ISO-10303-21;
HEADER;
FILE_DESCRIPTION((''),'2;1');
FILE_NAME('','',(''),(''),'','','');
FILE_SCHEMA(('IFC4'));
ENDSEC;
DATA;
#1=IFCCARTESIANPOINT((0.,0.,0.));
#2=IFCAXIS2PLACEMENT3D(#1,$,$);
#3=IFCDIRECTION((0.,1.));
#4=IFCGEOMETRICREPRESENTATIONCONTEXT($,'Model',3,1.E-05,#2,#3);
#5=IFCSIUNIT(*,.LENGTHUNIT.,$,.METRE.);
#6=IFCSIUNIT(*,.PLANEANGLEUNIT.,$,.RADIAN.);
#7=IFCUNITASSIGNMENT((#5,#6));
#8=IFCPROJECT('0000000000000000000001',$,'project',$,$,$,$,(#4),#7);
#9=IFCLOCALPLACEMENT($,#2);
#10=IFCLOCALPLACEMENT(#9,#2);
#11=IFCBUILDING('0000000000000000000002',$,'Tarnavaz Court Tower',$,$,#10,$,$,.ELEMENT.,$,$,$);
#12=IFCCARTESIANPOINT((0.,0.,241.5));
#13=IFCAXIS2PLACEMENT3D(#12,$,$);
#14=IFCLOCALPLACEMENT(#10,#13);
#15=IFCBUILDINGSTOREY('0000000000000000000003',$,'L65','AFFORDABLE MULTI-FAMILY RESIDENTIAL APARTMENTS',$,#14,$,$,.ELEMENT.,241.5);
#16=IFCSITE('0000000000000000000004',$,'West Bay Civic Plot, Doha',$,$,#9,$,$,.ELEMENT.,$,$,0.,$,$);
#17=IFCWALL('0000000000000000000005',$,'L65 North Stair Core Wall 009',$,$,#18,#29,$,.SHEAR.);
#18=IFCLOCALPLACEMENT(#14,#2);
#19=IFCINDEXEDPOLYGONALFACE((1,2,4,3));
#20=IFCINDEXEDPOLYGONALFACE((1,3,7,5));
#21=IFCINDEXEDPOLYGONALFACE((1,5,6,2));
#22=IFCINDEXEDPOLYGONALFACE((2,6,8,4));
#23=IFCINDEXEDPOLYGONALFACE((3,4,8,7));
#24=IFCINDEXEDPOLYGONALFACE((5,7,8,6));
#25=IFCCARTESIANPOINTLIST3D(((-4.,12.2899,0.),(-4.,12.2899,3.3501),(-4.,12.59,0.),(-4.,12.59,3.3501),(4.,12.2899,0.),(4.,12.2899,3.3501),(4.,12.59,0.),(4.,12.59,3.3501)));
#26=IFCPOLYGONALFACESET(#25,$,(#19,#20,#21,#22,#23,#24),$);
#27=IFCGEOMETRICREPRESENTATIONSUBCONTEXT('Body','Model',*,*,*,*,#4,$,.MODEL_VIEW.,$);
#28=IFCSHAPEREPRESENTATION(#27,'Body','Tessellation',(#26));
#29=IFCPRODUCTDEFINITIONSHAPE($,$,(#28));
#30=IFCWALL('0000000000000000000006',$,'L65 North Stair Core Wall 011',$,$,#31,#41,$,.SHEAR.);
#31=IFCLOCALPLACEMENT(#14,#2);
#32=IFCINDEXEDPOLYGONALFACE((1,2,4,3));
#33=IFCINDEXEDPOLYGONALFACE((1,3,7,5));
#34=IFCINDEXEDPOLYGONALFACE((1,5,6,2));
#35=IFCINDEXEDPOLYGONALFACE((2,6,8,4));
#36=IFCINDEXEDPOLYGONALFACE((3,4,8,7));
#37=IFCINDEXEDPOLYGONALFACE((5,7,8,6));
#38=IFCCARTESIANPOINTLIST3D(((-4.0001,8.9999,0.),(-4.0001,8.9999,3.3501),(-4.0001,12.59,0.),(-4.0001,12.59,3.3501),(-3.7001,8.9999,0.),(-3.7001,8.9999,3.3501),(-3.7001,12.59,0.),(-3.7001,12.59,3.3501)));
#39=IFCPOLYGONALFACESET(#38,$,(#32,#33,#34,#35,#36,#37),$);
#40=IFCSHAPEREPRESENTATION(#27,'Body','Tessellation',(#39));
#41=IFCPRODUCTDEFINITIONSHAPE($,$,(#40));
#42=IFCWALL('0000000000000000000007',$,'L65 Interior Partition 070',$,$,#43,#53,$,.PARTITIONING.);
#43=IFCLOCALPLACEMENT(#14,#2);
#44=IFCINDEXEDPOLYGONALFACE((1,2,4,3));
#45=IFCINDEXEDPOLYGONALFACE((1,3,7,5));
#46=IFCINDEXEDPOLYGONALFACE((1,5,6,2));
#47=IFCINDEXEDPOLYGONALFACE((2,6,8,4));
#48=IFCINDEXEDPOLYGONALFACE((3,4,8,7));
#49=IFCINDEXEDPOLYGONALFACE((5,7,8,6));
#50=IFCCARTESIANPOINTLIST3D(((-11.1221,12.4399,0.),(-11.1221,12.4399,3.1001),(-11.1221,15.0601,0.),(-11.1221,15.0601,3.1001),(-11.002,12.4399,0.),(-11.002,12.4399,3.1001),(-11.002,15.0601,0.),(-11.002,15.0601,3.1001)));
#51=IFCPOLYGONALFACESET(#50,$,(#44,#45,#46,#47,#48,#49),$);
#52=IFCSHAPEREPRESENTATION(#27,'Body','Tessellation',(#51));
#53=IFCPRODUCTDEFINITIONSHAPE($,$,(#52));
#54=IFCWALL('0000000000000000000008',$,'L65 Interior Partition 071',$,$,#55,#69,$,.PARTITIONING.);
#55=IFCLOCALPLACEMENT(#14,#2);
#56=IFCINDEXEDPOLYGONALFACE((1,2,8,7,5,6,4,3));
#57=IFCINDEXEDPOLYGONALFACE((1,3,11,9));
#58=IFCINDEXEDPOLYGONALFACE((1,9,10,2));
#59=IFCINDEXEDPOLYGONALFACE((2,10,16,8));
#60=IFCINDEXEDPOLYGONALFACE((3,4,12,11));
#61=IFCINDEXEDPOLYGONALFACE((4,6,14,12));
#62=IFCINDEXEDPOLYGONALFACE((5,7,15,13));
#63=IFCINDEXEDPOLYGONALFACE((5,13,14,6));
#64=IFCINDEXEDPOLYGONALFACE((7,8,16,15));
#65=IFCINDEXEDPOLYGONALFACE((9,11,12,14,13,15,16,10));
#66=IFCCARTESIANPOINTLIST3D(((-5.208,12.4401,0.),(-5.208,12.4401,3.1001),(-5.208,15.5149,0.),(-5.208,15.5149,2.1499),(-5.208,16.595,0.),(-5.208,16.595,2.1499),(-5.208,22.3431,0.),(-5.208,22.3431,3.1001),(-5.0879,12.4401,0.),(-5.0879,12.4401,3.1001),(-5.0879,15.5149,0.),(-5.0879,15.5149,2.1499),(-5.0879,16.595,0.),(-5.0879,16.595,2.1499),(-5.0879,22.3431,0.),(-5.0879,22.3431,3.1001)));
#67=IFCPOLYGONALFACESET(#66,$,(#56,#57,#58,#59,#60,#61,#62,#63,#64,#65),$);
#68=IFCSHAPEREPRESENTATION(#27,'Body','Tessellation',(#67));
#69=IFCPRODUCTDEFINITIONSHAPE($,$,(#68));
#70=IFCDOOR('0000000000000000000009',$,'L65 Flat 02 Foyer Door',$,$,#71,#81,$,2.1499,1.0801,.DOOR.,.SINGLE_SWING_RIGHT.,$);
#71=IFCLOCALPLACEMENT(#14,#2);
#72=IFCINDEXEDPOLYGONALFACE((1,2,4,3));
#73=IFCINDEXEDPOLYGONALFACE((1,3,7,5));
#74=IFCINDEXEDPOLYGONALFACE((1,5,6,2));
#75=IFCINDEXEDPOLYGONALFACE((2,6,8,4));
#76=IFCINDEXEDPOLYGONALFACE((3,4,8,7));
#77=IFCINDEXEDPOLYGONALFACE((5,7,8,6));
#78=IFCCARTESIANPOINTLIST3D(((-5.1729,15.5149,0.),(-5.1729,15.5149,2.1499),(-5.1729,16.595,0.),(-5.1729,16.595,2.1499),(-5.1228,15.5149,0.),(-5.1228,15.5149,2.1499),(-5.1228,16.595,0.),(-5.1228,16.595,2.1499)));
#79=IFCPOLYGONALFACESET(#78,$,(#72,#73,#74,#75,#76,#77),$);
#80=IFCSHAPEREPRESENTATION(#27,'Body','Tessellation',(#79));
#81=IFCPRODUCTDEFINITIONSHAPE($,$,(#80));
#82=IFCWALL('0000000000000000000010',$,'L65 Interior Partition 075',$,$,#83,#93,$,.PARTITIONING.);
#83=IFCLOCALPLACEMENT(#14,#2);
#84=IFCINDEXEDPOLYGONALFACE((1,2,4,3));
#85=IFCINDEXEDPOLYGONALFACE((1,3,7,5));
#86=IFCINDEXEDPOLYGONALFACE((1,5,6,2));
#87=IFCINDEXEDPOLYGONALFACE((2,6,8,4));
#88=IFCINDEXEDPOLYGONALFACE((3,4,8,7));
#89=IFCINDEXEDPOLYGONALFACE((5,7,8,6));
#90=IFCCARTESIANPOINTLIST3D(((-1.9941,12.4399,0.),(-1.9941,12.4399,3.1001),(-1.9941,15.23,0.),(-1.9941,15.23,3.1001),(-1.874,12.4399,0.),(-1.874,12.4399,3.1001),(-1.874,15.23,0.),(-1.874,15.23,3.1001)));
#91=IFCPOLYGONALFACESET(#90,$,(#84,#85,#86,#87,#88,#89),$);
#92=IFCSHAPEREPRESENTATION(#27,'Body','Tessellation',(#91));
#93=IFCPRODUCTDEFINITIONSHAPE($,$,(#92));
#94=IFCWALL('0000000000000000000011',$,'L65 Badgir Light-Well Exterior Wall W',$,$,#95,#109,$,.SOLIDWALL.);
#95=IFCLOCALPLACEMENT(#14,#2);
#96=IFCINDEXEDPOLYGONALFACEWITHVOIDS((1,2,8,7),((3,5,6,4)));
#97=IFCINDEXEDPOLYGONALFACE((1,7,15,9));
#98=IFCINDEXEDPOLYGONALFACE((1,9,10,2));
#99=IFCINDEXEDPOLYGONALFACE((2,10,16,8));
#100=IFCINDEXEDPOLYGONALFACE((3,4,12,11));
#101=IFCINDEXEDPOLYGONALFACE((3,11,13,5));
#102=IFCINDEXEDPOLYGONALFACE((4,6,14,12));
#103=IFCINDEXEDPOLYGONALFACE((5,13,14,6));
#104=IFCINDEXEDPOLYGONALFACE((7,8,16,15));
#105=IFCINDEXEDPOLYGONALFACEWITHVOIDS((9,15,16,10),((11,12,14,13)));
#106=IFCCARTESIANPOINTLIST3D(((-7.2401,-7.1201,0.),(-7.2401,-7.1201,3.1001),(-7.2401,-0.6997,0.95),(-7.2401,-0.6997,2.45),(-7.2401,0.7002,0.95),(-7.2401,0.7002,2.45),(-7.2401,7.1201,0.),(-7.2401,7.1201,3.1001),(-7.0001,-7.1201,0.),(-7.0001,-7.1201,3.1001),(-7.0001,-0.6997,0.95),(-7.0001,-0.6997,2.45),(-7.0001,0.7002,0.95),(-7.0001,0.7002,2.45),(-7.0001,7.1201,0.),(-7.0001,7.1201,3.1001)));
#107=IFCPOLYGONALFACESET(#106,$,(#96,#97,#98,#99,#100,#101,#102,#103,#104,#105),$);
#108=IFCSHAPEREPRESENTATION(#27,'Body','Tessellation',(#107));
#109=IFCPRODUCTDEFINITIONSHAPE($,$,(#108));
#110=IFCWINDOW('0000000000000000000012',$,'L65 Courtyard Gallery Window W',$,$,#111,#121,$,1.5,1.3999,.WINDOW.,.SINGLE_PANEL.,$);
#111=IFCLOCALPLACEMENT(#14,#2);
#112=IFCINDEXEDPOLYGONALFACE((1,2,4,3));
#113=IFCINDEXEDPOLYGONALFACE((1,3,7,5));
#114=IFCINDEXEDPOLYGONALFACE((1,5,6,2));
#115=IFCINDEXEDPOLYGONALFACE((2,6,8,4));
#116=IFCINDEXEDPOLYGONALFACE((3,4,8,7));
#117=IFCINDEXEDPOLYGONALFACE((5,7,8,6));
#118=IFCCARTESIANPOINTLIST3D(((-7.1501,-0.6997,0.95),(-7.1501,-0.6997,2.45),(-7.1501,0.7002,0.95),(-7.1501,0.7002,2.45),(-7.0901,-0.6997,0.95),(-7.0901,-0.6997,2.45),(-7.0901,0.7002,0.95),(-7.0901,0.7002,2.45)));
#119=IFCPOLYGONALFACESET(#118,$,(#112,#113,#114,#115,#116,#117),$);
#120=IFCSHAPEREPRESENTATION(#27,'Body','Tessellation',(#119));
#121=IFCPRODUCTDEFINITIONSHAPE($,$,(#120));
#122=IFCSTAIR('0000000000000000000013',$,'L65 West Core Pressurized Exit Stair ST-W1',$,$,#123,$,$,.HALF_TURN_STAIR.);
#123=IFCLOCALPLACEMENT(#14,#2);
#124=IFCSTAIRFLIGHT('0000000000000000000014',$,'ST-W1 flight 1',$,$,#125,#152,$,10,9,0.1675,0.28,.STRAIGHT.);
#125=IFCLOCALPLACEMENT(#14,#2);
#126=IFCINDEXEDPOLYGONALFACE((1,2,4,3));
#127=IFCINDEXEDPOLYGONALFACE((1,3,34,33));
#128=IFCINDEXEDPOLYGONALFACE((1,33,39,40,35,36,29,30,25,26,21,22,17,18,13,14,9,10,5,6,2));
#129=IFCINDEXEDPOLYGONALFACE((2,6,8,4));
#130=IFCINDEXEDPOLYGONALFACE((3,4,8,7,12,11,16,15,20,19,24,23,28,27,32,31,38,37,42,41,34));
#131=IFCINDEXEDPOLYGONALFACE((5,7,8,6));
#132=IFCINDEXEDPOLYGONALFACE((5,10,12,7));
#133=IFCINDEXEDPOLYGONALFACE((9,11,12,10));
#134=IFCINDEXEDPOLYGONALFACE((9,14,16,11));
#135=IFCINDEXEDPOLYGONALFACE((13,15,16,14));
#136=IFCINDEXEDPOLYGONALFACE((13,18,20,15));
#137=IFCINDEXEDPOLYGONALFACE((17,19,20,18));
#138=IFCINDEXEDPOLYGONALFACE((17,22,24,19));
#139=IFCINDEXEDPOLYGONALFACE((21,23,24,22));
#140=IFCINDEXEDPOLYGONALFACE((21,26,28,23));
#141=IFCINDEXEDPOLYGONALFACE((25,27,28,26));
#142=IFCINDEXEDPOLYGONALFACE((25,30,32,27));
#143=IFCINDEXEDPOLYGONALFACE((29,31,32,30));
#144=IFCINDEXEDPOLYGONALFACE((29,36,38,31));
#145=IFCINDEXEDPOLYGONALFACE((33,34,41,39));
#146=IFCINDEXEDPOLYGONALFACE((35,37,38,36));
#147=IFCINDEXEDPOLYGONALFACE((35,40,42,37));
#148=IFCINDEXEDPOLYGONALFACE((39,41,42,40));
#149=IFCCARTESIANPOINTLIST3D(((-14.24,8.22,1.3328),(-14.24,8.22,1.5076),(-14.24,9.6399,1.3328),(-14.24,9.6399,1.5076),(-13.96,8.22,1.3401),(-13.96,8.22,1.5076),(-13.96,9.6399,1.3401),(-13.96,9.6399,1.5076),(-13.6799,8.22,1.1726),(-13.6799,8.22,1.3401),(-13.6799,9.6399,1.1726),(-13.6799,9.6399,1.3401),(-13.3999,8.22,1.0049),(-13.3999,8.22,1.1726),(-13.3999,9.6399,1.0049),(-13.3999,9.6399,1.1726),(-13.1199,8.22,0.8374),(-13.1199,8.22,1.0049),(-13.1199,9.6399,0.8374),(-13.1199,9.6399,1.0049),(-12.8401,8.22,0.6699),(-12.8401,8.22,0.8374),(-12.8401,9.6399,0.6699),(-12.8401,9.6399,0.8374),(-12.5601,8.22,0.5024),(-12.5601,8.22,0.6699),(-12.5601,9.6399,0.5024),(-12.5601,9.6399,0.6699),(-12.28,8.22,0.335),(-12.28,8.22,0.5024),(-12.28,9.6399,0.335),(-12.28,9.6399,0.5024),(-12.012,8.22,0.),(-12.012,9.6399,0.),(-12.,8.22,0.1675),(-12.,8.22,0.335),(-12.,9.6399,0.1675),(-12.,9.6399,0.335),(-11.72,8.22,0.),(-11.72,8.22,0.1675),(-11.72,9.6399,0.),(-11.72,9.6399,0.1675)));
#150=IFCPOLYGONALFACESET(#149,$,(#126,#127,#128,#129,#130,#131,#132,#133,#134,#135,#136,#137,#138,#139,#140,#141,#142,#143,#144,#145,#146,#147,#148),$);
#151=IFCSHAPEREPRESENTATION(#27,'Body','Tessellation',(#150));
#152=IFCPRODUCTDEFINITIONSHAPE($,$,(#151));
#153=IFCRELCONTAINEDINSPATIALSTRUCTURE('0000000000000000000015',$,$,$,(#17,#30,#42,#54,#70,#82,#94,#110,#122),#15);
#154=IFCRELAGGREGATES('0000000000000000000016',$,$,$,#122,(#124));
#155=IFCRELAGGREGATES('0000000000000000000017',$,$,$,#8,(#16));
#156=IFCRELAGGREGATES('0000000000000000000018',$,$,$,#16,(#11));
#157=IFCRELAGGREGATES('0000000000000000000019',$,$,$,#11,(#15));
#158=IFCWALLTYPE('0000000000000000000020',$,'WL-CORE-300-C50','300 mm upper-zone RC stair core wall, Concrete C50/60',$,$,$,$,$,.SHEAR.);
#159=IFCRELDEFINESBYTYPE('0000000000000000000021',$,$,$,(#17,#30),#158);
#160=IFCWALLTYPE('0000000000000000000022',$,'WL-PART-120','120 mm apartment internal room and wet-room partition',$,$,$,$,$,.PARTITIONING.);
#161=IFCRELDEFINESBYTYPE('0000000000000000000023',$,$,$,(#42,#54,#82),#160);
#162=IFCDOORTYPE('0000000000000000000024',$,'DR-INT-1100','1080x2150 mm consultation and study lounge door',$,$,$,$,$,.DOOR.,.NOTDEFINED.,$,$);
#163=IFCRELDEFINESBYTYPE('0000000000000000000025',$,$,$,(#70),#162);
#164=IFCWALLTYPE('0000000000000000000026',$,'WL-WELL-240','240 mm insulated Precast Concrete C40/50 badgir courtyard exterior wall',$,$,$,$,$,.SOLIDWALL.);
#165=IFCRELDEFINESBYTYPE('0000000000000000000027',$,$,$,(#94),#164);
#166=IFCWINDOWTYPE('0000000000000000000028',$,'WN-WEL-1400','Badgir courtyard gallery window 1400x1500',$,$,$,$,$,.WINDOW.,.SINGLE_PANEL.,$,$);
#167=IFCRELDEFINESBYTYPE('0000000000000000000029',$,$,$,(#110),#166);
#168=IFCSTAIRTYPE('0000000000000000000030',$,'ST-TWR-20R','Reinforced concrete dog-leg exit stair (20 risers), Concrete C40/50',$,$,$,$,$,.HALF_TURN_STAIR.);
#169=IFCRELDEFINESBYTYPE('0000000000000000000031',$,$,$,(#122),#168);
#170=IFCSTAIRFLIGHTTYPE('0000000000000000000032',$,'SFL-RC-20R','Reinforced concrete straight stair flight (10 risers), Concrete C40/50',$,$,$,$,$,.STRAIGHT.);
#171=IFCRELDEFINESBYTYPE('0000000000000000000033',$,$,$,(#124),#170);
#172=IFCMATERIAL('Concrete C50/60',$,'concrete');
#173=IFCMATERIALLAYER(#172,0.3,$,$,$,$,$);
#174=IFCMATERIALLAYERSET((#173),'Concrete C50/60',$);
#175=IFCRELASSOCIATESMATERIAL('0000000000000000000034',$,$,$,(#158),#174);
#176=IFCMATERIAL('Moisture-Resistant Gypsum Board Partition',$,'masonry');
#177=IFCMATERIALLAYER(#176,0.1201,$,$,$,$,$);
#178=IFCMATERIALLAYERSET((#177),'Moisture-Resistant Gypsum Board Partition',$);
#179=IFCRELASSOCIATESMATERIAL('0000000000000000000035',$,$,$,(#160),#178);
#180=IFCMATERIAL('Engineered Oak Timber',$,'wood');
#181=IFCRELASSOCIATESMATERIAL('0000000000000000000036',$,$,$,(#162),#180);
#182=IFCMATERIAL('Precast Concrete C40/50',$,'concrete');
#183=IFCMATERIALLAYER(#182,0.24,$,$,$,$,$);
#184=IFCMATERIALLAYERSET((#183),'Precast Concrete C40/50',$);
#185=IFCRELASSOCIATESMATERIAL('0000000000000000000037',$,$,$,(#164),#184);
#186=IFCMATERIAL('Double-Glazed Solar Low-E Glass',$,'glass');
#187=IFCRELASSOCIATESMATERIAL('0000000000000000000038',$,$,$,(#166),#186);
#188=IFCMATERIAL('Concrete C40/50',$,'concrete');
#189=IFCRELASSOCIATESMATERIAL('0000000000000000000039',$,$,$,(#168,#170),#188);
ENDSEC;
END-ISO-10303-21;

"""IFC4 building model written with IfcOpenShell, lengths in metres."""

from ifc_helpers import new_model, si_unit, direction, frame, frame_2d, origin, place, context, subcontext, project, spatial, polyline, rectangle, outline, extrude, material, layer, layer_set, type_object, element, fill, aggregate, save


model = new_model("IFC4")

# Units and contexts
model_context = context("Model", 3, precision=1e-05, world=origin(), true_north=direction((0.0, 1.0)))
body_context = subcontext(model_context, "Body", "Model", "MODEL_VIEW")
ifc_project = project(units=[si_unit("LENGTHUNIT", "METRE"), si_unit("PLANEANGLEUNIT", "RADIAN")], contexts=[model_context])

# Site, building, storey
site_placement = place(None, origin())
site = spatial("IfcSite", under=ifc_project, at=site_placement, Name="West Bay Civic Plot, Doha", CompositionType="ELEMENT", RefElevation=0.0)
building_placement = place(site_placement, origin())
building = spatial("IfcBuilding", under=site, at=building_placement, Name="Tarnavaz Court Tower", CompositionType="ELEMENT")
storey_placement = place(building_placement, frame((0.0, 0.0, 241.5)))
storey = spatial("IfcBuildingStorey", under=building, at=storey_placement, Name="L65", Description="AFFORDABLE MULTI-FAMILY RESIDENTIAL APARTMENTS", CompositionType="ELEMENT", Elevation=241.5)

# Shared definitions
ifc_material_1 = material(Name="Concrete C50/60", Category="concrete")

# Wall
ifc_layer_1 = layer(ifc_material_1, 0.3)
ifc_layer_set_1 = layer_set([ifc_layer_1], Name="Concrete C50/60")
wall_type_1 = type_object("IfcWallType", Name="WL-CORE-300-C50", Description="300 mm upper-zone RC stair core wall, Concrete C50/60", PredefinedType="SHEAR", material=ifc_layer_set_1)
wall_1_placement = place(storey_placement, frame((-4.0, 12.4399, 0.0), z_axis=(0.0, 0.0, 1.0), x_axis=(1.0, 0.0, 0.0)))
element("IfcWall", 1, at=wall_1_placement, inside=storey, type_object=wall_type_1, Name="L65 North Stair Core Wall 009", PredefinedType="SHEAR", context=body_context, shape_type="SweptSolid", body=[
    extrude(rectangle(XDim=8.0, YDim=0.3, at=frame_2d((4.0, 0.0))), origin(), (0.0, 0.0, 1.0), 3.3501),
])

# Wall
wall_2_placement = place(storey_placement, frame((-3.8501, 9.0, 0.0), z_axis=(0.0, 0.0, 1.0), x_axis=(0.0, 1.0, 0.0)))
element("IfcWall", 2, at=wall_2_placement, inside=storey, type_object=wall_type_1, Name="L65 North Stair Core Wall 011", PredefinedType="SHEAR", context=body_context, shape_type="SweptSolid", body=[
    extrude(rectangle(XDim=3.5901, YDim=0.3, at=frame_2d((1.7949, 0.0))), origin(), (0.0, 0.0, 1.0), 3.3501),
])

# Wall
ifc_material_2 = material(Name="Moisture-Resistant Gypsum Board Partition", Category="masonry")
ifc_layer_2 = layer(ifc_material_2, 0.1201)
ifc_layer_set_2 = layer_set([ifc_layer_2], Name="Moisture-Resistant Gypsum Board Partition")
wall_type_2 = type_object("IfcWallType", Name="WL-PART-120", Description="120 mm apartment internal room and wet-room partition", PredefinedType="PARTITIONING", material=ifc_layer_set_2)
wall_3_placement = place(storey_placement, frame((-11.062, 12.4399, 0.0), z_axis=(0.0, 0.0, 1.0), x_axis=(0.0, 1.0, 0.0)))
element("IfcWall", 3, at=wall_3_placement, inside=storey, type_object=wall_type_2, Name="L65 Interior Partition 070", PredefinedType="PARTITIONING", context=body_context, shape_type="SweptSolid", body=[
    extrude(rectangle(XDim=2.6201, YDim=0.1201, at=frame_2d((1.3101, 0.0))), origin(), (0.0, 0.0, 1.0), 3.1001),
])

# Wall, opening, door
wall_4_placement = place(storey_placement, frame((-5.1479, 12.4399, 0.0), z_axis=(0.0, 0.0, 1.0), x_axis=(0.0, 1.0, 0.0)))
wall_4 = element("IfcWall", 4, at=wall_4_placement, inside=storey, type_object=wall_type_2, Name="L65 Interior Partition 071", PredefinedType="PARTITIONING", context=body_context, shape_type="SweptSolid", body=[
    extrude(rectangle(XDim=9.9031, YDim=0.1201, at=frame_2d((4.9517, 0.0))), origin(), (0.0, 0.0, 1.0), 3.1001),
])
opening_1_placement = place(wall_4_placement, frame((3.075, 0.0, 0.0)))
opening_1 = element("IfcOpeningElement", 5, at=opening_1_placement, cuts=wall_4, PredefinedType="OPENING", context=body_context, shape_type="SweptSolid", body=[
    extrude(rectangle(XDim=1.0801, YDim=2.1499, at=frame_2d((0.54, 1.075))), frame((0.0, 0.0701, 0.0), z_axis=(0.0, -1.0, 0.0), x_axis=(1.0, 0.0, 0.0)), (0.0, 0.0, 1.0), 0.1401),
])
ifc_material_3 = material(Name="Engineered Oak Timber", Category="wood")
door_type_1 = type_object("IfcDoorType", Name="DR-INT-1100", Description="1080x2150 mm consultation and study lounge door", OperationType="NOTDEFINED", PredefinedType="DOOR", material=ifc_material_3)
door_1_placement = place(opening_1_placement, origin())
door_1 = element("IfcDoor", 6, at=door_1_placement, inside=storey, type_object=door_type_1, Name="L65 Flat 02 Foyer Door", OperationType="SINGLE_SWING_RIGHT", OverallHeight=2.1499, OverallWidth=1.0801, PredefinedType="DOOR", context=body_context, shape_type="SweptSolid", body=[
    extrude(rectangle(XDim=1.0801, YDim=2.1499, at=frame_2d((0.54, 1.075))), frame((0.0, 0.0249, 0.0), z_axis=(0.0, -1.0, 0.0), x_axis=(1.0, 0.0, 0.0)), (0.0, 0.0, 1.0), 0.05),
])
fill(opening_1, door_1)

# Wall
wall_5_placement = place(storey_placement, frame((-1.9341, 12.4399, 0.0), z_axis=(0.0, 0.0, 1.0), x_axis=(0.0, 1.0, 0.0)))
element("IfcWall", 7, at=wall_5_placement, inside=storey, type_object=wall_type_2, Name="L65 Interior Partition 075", PredefinedType="PARTITIONING", context=body_context, shape_type="SweptSolid", body=[
    extrude(rectangle(XDim=2.79, YDim=0.1201, at=frame_2d((1.395, 0.0))), origin(), (0.0, 0.0, 1.0), 3.1001),
])

# Wall, opening, window
ifc_material_4 = material(Name="Precast Concrete C40/50", Category="concrete")
ifc_layer_3 = layer(ifc_material_4, 0.24)
ifc_layer_set_3 = layer_set([ifc_layer_3], Name="Precast Concrete C40/50")
wall_type_3 = type_object("IfcWallType", Name="WL-WELL-240", Description="240 mm insulated Precast Concrete C40/50 badgir courtyard exterior wall", PredefinedType="SOLIDWALL", material=ifc_layer_set_3)
wall_6_placement = place(storey_placement, frame((-7.1201, 7.1201, 0.0), z_axis=(0.0, 0.0, 1.0), x_axis=(0.0, -1.0, 0.0)))
wall_6 = element("IfcWall", 8, at=wall_6_placement, inside=storey, type_object=wall_type_3, Name="L65 Badgir Light-Well Exterior Wall W", PredefinedType="SOLIDWALL", context=body_context, shape_type="SweptSolid", body=[
    extrude(rectangle(XDim=14.2402, YDim=0.24, at=frame_2d((7.1201, 0.0))), origin(), (0.0, 0.0, 1.0), 3.1001),
])
opening_2_placement = place(wall_6_placement, frame((6.4199, 0.0, 0.95)))
opening_2 = element("IfcOpeningElement", 9, at=opening_2_placement, cuts=wall_6, PredefinedType="OPENING", context=body_context, shape_type="SweptSolid", body=[
    extrude(rectangle(XDim=1.3999, YDim=1.5, at=frame_2d((0.7, 0.75))), frame((0.0, 0.1299, 0.0), z_axis=(0.0, -1.0, 0.0), x_axis=(1.0, 0.0, 0.0)), (0.0, 0.0, 1.0), 0.26),
])
ifc_material_5 = material(Name="Double-Glazed Solar Low-E Glass", Category="glass")
window_type = type_object("IfcWindowType", Name="WN-WEL-1400", Description="Badgir courtyard gallery window 1400x1500", PartitioningType="SINGLE_PANEL", PredefinedType="WINDOW", material=ifc_material_5)
window_placement = place(opening_2_placement, origin())
window = element("IfcWindow", 10, at=window_placement, inside=storey, type_object=window_type, Name="L65 Courtyard Gallery Window W", OverallHeight=1.5, OverallWidth=1.3999, PartitioningType="SINGLE_PANEL", PredefinedType="WINDOW", context=body_context, shape_type="SweptSolid", body=[
    extrude(rectangle(XDim=1.3999, YDim=1.5, at=frame_2d((0.7, 0.75))), frame((0.0, 0.03, 0.0), z_axis=(0.0, -1.0, 0.0), x_axis=(1.0, 0.0, 0.0)), (0.0, 0.0, 1.0), 0.0601),
])
fill(opening_2, window)

# Stair, stair flight
ifc_material_6 = material(Name="Concrete C40/50", Category="concrete")
stair_type = type_object("IfcStairType", Name="ST-TWR-20R", Description="Reinforced concrete dog-leg exit stair (20 risers), Concrete C40/50", PredefinedType="HALF_TURN_STAIR", material=ifc_material_6)
stair_1_placement = place(storey_placement, origin())
stair_1 = element("IfcStair", 11, at=stair_1_placement, inside=storey, type_object=stair_type, Name="L65 West Core Pressurized Exit Stair ST-W1", PredefinedType="HALF_TURN_STAIR")
stair_flight_type = type_object("IfcStairFlightType", Name="SFL-RC-20R", Description="Reinforced concrete straight stair flight (10 risers), Concrete C40/50", PredefinedType="STRAIGHT", material=ifc_material_6)
stair_flight_1_placement = place(storey_placement, frame((-11.72, 8.9299, 0.0), z_axis=(0.0, 0.0, 1.0), x_axis=(-1.0, 0.0, 0.0)))
stair_flight_1 = element("IfcStairFlight", 12, at=stair_flight_1_placement, type_object=stair_flight_type, Name="ST-W1 flight 1", NumberOfRisers=10, NumberOfTreads=9, PredefinedType="STRAIGHT", RiserHeight=0.1675, TreadLength=0.28, context=body_context, shape_type="SweptSolid", body=[
    extrude(outline(polyline([(0.0, 0.0), (0.0, 0.1675), (0.28, 0.1675), (0.28, 0.335), (0.5601, 0.335), (0.5601, 0.5024), (0.8401, 0.5024), (0.8401, 0.6699), (1.1201, 0.6699), (1.1201, 0.8374), (1.3999, 0.8374), (1.3999, 1.0049), (1.6799, 1.0049), (1.6799, 1.1726), (1.96, 1.1726), (1.96, 1.3401), (2.24, 1.3401), (2.24, 1.5076), (2.52, 1.5076), (2.52, 1.675), (2.52, 1.3328), (0.292, 0.0), (0.0, 0.0)])), frame((0.0, 0.71, 0.0), z_axis=(0.0, -1.0, 0.0), x_axis=(1.0, 0.0, 0.0)), (0.0, 0.0, 1.0), 1.4199),
])
aggregate(stair_1, [stair_flight_1])

save(model, "model.ifc")
